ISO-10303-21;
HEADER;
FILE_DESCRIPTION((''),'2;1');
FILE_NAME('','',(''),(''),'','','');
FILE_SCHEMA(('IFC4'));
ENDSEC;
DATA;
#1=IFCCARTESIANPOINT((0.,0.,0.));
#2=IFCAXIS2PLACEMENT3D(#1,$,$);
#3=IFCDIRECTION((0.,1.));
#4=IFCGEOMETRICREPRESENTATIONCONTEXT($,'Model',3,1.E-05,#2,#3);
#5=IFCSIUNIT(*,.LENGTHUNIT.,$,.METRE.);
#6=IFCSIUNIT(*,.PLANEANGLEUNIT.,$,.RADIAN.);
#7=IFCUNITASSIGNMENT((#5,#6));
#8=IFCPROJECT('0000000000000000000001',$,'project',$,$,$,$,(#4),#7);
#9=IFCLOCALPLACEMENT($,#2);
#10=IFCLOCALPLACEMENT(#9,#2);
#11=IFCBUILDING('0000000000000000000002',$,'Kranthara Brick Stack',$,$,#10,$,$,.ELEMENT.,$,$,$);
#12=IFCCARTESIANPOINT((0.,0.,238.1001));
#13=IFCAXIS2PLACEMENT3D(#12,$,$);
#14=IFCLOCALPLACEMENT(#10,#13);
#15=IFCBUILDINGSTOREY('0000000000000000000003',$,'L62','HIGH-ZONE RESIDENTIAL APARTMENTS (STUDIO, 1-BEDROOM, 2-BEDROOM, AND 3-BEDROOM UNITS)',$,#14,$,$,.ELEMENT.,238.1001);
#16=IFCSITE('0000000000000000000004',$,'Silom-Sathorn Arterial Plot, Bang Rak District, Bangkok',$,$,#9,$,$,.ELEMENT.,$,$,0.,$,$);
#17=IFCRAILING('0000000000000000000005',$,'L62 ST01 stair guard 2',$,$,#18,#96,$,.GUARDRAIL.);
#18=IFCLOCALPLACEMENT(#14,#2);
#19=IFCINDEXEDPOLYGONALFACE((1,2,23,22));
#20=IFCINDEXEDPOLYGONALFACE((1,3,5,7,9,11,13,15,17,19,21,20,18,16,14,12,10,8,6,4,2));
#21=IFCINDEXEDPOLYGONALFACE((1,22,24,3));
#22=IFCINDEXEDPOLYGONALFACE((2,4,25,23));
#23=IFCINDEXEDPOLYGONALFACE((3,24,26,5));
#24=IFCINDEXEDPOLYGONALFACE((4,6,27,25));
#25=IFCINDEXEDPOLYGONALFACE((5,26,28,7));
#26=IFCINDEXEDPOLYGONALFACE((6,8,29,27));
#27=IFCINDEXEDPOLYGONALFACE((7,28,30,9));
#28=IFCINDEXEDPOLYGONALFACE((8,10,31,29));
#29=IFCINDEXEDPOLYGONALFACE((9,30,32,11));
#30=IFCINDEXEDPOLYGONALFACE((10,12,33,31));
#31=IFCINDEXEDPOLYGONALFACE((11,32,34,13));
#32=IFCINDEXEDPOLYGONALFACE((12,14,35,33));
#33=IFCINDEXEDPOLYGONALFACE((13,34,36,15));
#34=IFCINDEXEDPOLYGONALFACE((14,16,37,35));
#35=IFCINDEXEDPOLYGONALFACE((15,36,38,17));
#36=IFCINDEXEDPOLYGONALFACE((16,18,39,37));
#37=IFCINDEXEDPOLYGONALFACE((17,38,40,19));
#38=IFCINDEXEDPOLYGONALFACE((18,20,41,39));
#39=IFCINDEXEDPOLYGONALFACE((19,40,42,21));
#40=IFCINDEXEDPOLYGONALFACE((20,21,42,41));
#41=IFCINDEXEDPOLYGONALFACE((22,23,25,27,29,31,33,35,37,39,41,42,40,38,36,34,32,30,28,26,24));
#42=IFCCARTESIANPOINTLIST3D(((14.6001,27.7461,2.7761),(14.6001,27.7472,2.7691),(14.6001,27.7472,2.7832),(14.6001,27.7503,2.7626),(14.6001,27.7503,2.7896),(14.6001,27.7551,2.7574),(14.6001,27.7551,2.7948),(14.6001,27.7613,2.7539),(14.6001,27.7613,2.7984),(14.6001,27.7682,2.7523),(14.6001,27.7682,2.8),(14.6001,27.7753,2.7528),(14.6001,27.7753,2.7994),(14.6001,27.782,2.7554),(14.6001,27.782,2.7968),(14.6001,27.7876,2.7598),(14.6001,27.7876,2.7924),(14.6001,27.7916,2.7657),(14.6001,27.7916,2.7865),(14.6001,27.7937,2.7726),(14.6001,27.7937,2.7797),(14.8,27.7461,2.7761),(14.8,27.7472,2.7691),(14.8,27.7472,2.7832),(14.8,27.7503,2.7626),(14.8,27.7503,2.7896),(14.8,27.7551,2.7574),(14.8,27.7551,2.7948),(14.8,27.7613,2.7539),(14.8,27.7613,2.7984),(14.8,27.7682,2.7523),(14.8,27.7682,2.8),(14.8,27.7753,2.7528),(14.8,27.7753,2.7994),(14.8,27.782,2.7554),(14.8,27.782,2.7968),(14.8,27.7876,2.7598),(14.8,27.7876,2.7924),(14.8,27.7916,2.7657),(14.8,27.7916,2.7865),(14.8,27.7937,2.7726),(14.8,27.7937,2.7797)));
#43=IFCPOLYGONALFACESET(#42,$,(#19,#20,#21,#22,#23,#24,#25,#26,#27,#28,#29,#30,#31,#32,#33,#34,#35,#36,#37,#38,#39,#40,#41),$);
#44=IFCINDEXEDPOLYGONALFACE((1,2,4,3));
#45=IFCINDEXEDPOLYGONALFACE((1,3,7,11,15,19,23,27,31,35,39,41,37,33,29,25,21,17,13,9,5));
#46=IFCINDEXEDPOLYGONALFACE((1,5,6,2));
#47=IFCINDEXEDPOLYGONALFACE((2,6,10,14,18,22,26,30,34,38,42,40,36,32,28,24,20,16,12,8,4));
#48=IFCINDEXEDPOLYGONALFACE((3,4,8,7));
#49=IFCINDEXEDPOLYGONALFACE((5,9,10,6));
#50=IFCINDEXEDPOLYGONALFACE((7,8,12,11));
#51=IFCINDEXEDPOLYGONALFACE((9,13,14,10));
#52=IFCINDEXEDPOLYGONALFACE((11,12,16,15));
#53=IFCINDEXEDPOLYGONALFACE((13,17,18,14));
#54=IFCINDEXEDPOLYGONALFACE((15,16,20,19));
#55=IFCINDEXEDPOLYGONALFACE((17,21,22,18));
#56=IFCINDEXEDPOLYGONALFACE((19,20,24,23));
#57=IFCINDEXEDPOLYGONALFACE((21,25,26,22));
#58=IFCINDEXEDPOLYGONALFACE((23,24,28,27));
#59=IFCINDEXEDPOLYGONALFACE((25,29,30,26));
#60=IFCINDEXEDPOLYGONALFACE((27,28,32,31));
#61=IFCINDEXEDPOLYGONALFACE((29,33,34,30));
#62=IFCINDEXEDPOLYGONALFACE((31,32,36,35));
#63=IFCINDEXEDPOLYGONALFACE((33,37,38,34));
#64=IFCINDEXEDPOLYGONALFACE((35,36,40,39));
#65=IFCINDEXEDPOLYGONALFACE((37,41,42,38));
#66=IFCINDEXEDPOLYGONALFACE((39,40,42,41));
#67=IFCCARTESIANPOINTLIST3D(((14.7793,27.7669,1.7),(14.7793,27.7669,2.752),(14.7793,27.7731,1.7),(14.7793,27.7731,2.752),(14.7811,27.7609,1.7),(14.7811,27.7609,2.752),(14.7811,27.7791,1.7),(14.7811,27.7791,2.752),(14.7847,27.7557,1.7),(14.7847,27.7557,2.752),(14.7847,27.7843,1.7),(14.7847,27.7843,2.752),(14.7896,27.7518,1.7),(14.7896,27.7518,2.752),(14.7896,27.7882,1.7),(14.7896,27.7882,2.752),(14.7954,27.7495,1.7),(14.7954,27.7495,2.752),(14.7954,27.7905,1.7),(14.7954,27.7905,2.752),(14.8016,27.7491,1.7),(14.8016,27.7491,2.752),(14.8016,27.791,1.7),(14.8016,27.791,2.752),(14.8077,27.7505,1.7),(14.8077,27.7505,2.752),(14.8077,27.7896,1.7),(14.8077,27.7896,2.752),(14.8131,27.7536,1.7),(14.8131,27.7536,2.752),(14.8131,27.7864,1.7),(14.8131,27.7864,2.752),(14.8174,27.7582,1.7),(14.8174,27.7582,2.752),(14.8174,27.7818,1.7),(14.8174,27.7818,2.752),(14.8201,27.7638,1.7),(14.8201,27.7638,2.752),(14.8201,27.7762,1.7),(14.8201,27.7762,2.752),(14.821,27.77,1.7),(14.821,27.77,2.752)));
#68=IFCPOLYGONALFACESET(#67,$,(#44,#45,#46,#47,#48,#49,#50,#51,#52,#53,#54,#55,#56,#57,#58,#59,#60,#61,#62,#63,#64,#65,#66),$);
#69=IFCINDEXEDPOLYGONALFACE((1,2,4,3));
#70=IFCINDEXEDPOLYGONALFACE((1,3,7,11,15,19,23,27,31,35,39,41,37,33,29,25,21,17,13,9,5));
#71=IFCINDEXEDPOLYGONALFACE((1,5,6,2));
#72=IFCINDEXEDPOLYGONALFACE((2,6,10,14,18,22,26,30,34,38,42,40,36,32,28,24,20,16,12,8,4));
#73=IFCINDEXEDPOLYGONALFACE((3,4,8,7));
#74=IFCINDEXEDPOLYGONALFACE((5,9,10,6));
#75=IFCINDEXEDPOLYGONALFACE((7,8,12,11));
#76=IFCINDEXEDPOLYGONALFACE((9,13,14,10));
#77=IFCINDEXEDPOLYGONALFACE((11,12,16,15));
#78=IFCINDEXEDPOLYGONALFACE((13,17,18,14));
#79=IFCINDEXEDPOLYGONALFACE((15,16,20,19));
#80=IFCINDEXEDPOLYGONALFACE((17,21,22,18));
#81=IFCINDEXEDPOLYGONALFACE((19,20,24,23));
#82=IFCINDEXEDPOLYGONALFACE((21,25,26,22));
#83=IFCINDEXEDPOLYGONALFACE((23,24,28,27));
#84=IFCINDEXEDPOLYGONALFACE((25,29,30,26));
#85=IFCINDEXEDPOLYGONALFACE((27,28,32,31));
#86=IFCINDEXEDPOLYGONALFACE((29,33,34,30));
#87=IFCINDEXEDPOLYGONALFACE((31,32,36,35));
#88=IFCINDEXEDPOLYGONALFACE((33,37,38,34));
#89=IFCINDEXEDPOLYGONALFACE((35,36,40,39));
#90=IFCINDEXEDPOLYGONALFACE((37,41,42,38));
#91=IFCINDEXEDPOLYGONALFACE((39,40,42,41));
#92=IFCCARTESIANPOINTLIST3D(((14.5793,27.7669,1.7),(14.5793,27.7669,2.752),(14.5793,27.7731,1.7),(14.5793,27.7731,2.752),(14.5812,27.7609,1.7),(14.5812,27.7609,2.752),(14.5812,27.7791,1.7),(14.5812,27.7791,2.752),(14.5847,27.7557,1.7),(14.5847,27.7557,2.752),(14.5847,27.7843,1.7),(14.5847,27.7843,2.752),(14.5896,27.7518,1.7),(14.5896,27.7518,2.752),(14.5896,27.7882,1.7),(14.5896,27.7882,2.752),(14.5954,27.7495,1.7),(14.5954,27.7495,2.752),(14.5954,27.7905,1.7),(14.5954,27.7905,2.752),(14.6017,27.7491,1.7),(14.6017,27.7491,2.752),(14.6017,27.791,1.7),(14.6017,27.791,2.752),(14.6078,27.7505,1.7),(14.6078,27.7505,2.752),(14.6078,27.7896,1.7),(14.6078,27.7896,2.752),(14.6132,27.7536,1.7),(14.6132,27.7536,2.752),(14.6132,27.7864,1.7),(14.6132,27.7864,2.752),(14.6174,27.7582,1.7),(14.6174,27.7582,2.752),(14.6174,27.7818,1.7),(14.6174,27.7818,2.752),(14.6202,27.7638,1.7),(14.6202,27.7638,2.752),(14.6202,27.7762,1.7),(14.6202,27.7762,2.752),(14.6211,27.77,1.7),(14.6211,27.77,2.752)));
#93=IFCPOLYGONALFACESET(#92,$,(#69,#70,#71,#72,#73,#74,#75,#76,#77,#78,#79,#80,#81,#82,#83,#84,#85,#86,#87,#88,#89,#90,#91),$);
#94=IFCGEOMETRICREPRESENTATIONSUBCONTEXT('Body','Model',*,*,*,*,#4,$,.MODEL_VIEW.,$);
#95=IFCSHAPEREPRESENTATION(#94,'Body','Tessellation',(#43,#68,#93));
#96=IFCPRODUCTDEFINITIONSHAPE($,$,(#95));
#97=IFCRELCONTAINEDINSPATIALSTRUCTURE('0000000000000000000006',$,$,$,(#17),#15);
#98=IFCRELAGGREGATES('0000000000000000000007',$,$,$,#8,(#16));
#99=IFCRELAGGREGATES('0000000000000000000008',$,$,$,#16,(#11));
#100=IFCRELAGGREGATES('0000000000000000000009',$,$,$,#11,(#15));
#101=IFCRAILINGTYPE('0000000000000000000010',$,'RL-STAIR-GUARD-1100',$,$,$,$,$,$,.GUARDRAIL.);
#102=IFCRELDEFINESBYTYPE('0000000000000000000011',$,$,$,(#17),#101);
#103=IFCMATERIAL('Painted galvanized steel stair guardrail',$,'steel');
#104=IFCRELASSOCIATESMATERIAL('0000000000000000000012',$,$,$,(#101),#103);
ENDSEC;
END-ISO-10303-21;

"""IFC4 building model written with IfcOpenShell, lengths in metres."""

from ifc_helpers import new_model, si_unit, direction, frame, origin, origin_2d, place, context, subcontext, project, spatial, circle, extrude, material, type_object, element, save


model = new_model("IFC4")

# Units and contexts
model_context = context("Model", 3, precision=1e-05, world=origin(), true_north=direction((0.0, 1.0)))
body_context = subcontext(model_context, "Body", "Model", "MODEL_VIEW")
ifc_project = project(units=[si_unit("LENGTHUNIT", "METRE"), si_unit("PLANEANGLEUNIT", "RADIAN")], contexts=[model_context])

# Site, building, storey
site_placement = place(None, origin())
site = spatial("IfcSite", under=ifc_project, at=site_placement, Name="Silom-Sathorn Arterial Plot, Bang Rak District, Bangkok", CompositionType="ELEMENT", RefElevation=0.0)
building_placement = place(site_placement, origin())
building = spatial("IfcBuilding", under=site, at=building_placement, Name="Kranthara Brick Stack", CompositionType="ELEMENT")
storey_placement = place(building_placement, frame((0.0, 0.0, 238.1001)))
storey = spatial("IfcBuildingStorey", under=building, at=storey_placement, Name="L62", Description="HIGH-ZONE RESIDENTIAL APARTMENTS (STUDIO, 1-BEDROOM, 2-BEDROOM, AND 3-BEDROOM UNITS)", CompositionType="ELEMENT", Elevation=238.1001)

# Railing
ifc_material_1 = material(Name="Painted galvanized steel stair guardrail", Category="steel")
railing_type_1 = type_object("IfcRailingType", Name="RL-STAIR-GUARD-1100", PredefinedType="GUARDRAIL", material=ifc_material_1)
railing_1_placement = place(storey_placement, frame((14.8, 27.77, 1.7)))
element("IfcRailing", 1, at=railing_1_placement, inside=storey, type_object=railing_type_1, Name="L62 ST01 stair guard 2", PredefinedType="GUARDRAIL", context=body_context, shape_type="SweptSolid", body=[
    extrude(circle(Radius=0.0239, at=origin_2d()), frame((0.0, 0.0, 1.0762), z_axis=(-1.0, 0.0, 0.0), x_axis=(0.0, -1.0, 0.0)), (0.0, 0.0, 1.0), 0.2),
    extrude(circle(Radius=0.021, at=origin_2d()), origin(), (0.0, 0.0, 1.0), 1.052),
    extrude(circle(Radius=0.021, at=origin_2d()), frame((-0.2, 0.0, 0.0)), (0.0, 0.0, 1.0), 1.052),
])

save(model, "model.ifc")
